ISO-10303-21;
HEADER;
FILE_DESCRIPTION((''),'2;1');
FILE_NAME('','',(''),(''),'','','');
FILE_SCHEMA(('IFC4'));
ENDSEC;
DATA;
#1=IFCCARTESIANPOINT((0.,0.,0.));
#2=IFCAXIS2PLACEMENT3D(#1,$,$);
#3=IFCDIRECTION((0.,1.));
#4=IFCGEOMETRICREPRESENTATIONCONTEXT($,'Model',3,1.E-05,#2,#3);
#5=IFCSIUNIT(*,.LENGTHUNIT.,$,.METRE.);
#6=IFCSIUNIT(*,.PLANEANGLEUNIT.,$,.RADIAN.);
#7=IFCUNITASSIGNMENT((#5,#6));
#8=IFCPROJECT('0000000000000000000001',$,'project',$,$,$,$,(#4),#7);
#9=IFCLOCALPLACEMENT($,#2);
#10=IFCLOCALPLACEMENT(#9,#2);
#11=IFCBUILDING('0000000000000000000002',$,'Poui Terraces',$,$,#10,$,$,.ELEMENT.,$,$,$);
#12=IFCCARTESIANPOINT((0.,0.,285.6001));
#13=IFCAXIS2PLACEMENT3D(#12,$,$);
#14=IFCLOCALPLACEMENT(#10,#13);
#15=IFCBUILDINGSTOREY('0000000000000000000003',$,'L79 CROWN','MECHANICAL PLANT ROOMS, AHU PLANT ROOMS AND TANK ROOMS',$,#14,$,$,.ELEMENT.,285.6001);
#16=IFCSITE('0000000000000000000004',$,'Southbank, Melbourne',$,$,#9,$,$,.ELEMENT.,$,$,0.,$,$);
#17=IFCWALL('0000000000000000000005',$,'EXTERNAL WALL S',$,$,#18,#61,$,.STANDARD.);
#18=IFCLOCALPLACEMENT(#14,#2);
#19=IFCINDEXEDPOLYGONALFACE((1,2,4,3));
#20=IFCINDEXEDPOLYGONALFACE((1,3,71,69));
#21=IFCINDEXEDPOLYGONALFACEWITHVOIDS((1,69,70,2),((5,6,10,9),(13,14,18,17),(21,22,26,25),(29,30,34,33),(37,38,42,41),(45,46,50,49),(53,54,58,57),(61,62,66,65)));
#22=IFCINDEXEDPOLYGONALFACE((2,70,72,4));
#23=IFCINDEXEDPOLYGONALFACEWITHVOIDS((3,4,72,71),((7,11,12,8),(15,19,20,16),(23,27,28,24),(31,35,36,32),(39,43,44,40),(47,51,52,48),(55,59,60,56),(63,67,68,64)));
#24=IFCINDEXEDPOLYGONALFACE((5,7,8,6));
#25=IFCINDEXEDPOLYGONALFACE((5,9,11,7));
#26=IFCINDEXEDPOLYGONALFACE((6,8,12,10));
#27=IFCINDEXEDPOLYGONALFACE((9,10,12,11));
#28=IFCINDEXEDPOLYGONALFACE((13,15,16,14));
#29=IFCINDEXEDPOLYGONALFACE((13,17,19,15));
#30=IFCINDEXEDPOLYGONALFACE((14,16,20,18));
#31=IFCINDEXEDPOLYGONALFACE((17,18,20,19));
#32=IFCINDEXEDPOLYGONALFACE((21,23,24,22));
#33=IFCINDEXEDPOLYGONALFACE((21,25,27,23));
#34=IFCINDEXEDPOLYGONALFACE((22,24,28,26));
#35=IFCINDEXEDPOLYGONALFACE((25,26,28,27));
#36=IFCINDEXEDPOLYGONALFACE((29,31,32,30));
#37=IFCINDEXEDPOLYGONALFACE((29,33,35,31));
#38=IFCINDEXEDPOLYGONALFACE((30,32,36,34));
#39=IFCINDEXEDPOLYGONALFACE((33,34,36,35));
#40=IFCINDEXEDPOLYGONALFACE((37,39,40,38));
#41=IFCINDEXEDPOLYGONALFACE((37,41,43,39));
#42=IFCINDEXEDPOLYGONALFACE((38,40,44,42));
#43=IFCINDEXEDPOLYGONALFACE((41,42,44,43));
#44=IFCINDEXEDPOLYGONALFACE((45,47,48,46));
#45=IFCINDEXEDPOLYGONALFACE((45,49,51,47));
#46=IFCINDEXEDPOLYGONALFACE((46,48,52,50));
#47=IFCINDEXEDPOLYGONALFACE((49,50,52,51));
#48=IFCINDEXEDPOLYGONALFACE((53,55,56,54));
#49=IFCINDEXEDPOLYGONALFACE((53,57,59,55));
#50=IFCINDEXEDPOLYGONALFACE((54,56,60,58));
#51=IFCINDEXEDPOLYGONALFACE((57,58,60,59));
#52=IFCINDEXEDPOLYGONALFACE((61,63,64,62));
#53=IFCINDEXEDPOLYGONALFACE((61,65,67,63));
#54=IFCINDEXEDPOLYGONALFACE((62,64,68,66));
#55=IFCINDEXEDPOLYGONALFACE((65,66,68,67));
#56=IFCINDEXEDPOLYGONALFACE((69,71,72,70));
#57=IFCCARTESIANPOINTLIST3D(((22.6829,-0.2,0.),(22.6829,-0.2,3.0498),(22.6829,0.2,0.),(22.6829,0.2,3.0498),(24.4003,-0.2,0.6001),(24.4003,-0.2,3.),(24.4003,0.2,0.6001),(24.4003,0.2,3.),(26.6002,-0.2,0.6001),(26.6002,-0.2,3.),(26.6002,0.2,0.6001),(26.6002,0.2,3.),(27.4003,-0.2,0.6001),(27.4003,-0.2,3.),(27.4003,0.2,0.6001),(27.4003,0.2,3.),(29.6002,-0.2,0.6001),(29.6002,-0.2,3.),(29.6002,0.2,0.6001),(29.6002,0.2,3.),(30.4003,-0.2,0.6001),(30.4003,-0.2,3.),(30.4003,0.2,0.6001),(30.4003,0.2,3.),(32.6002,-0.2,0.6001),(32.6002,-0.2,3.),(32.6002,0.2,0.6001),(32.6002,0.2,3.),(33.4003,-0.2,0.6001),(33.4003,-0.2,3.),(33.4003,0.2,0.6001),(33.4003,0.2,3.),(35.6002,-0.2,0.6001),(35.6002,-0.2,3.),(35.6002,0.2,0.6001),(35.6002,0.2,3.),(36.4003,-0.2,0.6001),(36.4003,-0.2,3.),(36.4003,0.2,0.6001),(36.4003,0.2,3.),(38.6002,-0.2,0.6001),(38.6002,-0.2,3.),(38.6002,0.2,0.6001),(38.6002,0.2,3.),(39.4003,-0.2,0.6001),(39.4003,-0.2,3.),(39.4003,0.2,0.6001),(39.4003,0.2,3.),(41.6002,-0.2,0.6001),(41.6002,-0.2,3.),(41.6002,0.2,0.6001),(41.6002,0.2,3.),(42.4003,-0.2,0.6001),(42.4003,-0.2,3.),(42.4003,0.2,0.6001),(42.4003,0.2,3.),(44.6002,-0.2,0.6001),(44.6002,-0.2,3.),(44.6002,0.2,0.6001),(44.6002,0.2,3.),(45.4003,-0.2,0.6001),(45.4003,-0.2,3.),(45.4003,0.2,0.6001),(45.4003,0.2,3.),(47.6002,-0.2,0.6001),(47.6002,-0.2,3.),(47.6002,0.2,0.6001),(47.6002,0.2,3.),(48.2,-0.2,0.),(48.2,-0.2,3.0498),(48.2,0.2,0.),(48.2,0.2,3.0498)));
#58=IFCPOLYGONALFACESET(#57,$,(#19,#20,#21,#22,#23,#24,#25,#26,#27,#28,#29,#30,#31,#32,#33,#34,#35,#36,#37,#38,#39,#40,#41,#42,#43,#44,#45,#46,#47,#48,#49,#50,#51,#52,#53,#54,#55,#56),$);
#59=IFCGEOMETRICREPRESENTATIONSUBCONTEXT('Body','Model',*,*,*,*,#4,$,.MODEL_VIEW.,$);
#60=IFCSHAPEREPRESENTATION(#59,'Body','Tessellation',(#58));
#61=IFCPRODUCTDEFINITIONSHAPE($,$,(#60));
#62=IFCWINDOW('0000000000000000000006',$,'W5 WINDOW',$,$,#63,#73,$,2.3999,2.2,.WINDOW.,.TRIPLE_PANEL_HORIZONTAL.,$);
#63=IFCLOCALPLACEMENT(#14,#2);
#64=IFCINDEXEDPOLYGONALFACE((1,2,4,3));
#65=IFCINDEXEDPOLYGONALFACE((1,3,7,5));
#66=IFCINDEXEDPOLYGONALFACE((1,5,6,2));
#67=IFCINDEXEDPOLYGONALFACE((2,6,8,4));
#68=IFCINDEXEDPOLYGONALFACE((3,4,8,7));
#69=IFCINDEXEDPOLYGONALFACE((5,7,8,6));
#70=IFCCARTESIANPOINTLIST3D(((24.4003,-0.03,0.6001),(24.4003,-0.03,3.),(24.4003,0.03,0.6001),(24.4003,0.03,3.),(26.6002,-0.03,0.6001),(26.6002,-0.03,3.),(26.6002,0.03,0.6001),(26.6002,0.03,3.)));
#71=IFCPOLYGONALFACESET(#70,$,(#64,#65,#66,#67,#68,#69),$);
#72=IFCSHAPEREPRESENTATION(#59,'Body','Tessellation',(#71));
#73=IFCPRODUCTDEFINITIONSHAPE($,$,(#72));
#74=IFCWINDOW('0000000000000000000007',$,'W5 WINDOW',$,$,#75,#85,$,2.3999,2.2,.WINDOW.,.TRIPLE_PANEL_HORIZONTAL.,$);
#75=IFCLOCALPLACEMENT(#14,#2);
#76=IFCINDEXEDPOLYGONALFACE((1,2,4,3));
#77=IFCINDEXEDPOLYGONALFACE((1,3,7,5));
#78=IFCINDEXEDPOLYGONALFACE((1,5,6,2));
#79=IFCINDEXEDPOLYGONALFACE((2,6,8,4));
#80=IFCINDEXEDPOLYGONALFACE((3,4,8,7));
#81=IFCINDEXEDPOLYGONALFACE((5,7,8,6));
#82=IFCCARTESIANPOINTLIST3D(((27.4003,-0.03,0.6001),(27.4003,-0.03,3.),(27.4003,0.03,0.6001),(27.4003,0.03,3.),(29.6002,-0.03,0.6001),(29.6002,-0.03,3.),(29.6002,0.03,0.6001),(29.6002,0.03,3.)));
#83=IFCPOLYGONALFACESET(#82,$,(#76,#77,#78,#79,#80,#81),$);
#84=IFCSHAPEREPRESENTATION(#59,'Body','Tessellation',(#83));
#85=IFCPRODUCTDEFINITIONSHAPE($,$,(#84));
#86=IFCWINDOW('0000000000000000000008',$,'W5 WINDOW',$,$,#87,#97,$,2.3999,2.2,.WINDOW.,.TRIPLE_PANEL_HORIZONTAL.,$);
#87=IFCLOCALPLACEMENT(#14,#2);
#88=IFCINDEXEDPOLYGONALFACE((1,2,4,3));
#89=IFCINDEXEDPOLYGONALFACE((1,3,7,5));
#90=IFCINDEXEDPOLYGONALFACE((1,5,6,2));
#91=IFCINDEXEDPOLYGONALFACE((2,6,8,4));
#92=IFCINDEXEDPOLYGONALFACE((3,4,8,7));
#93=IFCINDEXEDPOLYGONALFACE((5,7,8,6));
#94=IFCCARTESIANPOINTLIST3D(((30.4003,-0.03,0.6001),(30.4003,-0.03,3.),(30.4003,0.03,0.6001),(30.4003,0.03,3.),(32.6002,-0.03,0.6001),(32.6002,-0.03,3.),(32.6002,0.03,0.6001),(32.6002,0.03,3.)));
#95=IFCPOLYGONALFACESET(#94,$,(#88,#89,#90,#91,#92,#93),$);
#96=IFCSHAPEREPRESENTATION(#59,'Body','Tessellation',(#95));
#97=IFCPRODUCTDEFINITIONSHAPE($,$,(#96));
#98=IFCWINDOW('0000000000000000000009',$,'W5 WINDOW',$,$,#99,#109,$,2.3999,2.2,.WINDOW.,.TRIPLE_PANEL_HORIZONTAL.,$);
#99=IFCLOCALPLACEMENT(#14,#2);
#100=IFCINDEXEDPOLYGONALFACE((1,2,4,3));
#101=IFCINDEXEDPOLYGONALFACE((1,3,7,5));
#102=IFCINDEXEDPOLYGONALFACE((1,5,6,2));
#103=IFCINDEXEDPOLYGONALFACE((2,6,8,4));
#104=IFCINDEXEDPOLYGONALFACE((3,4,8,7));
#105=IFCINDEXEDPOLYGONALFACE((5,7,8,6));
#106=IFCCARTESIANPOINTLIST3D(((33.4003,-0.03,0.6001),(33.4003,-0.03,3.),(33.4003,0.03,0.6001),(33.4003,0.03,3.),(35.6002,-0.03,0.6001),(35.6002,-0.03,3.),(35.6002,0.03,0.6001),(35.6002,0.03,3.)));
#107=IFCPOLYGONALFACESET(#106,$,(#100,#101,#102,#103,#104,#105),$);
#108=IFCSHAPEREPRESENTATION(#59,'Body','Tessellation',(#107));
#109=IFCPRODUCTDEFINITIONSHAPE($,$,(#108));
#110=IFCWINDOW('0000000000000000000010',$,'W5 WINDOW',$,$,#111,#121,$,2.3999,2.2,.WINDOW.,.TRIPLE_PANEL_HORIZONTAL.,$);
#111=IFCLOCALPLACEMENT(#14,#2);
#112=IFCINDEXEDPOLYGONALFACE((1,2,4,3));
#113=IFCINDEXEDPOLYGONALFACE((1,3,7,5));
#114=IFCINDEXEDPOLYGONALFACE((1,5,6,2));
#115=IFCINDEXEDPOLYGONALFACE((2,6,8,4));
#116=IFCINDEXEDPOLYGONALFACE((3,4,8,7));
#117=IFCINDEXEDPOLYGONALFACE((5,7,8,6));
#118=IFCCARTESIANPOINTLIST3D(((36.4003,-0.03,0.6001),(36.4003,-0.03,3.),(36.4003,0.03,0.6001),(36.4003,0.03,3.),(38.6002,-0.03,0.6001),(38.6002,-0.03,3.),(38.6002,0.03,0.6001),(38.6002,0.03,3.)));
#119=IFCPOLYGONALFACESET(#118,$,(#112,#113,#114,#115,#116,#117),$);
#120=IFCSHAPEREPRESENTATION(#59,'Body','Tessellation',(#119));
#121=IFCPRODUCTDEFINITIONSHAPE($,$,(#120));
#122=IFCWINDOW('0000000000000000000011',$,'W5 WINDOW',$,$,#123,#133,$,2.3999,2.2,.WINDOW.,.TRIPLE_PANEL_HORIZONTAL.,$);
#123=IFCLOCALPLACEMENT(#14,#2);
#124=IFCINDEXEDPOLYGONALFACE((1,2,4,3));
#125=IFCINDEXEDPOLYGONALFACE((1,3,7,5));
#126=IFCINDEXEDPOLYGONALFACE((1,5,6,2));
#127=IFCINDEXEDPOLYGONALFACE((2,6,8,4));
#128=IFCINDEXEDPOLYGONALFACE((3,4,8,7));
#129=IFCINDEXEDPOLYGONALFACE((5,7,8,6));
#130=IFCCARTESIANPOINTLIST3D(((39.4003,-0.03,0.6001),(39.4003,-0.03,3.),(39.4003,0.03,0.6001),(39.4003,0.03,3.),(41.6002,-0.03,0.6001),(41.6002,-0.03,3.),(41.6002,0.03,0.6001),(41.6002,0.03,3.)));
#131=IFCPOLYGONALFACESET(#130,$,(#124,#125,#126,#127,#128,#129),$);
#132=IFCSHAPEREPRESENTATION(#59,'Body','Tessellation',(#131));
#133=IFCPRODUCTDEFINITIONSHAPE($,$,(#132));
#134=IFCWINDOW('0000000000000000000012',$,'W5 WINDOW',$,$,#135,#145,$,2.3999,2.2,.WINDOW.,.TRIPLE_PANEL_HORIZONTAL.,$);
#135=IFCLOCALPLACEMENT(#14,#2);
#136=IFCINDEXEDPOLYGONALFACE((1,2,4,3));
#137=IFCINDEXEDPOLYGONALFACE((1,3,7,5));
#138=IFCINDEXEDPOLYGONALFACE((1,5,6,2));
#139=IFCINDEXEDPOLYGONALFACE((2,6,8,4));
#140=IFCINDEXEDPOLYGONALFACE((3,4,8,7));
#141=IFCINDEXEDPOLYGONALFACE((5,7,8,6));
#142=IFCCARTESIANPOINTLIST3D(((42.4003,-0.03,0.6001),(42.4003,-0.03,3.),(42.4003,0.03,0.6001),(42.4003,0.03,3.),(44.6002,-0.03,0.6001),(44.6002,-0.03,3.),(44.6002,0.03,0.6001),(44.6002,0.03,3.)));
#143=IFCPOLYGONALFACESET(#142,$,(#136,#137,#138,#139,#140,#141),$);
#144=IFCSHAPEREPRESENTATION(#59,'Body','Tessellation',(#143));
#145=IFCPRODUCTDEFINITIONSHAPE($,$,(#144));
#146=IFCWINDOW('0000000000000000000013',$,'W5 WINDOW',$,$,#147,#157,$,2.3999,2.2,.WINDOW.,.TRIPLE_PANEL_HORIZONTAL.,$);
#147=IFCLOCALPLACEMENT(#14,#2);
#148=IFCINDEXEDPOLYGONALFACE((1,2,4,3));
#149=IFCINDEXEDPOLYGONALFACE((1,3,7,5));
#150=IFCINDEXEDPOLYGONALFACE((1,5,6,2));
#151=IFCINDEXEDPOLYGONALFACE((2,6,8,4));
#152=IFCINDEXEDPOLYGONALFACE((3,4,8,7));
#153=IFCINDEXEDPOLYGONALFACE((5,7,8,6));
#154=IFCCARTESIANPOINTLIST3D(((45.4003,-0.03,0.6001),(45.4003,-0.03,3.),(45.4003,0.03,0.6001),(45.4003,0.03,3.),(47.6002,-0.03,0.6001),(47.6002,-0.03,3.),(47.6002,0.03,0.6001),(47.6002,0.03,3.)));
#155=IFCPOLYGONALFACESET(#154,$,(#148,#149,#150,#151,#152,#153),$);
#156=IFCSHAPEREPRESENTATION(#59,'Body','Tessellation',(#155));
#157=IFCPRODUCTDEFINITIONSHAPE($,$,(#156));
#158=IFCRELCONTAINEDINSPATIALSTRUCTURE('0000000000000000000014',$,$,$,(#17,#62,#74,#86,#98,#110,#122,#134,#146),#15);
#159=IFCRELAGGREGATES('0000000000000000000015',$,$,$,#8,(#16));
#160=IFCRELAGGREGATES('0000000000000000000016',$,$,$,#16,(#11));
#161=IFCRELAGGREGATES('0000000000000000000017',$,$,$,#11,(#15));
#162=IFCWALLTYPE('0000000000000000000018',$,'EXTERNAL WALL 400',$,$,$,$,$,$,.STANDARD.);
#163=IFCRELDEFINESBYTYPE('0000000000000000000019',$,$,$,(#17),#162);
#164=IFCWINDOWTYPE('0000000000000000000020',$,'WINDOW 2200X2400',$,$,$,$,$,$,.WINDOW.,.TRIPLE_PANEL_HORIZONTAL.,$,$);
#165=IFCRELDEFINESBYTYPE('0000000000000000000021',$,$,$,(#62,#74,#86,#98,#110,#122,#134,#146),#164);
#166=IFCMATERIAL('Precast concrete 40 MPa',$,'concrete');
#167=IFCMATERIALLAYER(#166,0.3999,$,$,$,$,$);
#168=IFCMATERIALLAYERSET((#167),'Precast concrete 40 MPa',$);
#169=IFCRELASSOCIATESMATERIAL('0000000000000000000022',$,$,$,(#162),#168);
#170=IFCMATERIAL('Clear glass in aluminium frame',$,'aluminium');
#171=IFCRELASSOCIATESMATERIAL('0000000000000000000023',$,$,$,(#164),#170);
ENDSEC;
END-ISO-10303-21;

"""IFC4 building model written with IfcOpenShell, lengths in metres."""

from ifc_helpers import new_model, si_unit, direction, frame, frame_2d, origin, place, context, subcontext, project, spatial, rectangle, extrude, material, layer, layer_set, type_object, element, fill, save


model = new_model("IFC4")

# Units and contexts
model_context = context("Model", 3, precision=1e-05, world=origin(), true_north=direction((0.0, 1.0)))
body_context = subcontext(model_context, "Body", "Model", "MODEL_VIEW")
ifc_project = project(units=[si_unit("LENGTHUNIT", "METRE"), si_unit("PLANEANGLEUNIT", "RADIAN")], contexts=[model_context])

# Site, building, storey
site_placement = place(None, origin())
site = spatial("IfcSite", under=ifc_project, at=site_placement, Name="Southbank, Melbourne", CompositionType="ELEMENT", RefElevation=0.0)
building_placement = place(site_placement, origin())
building = spatial("IfcBuilding", under=site, at=building_placement, Name="Poui Terraces", CompositionType="ELEMENT")
storey_placement = place(building_placement, frame((0.0, 0.0, 285.6001)))
storey = spatial("IfcBuildingStorey", under=building, at=storey_placement, Name="L79 CROWN", Description="MECHANICAL PLANT ROOMS, AHU PLANT ROOMS AND TANK ROOMS", CompositionType="ELEMENT", Elevation=285.6001)

# Wall, openings, windows
ifc_material_1 = material(Name="Precast concrete 40 MPa", Category="concrete")
ifc_layer_1 = layer(ifc_material_1, 0.3999)
ifc_layer_set_1 = layer_set([ifc_layer_1], Name="Precast concrete 40 MPa")
wall_type_1 = type_object("IfcWallType", Name="EXTERNAL WALL 400", PredefinedType="STANDARD", material=ifc_layer_set_1)
wall_1_placement = place(storey_placement, frame((22.6829, 0.0, 0.0), z_axis=(0.0, 0.0, 1.0), x_axis=(1.0, 0.0, 0.0)))
wall_1 = element("IfcWall", 1, at=wall_1_placement, inside=storey, type_object=wall_type_1, Name="EXTERNAL WALL S", PredefinedType="STANDARD", context=body_context, shape_type="SweptSolid", body=[
    extrude(rectangle(XDim=25.5171, YDim=0.3999, at=frame_2d((12.7585, 0.0))), origin(), (0.0, 0.0, 1.0), 3.0498),
])
opening_1_placement = place(wall_1_placement, frame((1.7173, 0.0, 0.6001)))
opening_1 = element("IfcOpeningElement", 2, at=opening_1_placement, cuts=wall_1, PredefinedType="OPENING", context=body_context, shape_type="SweptSolid", body=[
    extrude(rectangle(XDim=2.2, YDim=2.3999, at=frame_2d((1.1001, 1.2))), frame((0.0, 0.21, 0.0), z_axis=(0.0, -1.0, 0.0), x_axis=(1.0, 0.0, 0.0)), (0.0, 0.0, 1.0), 0.4199),
])
opening_2_placement = place(wall_1_placement, frame((4.7173, 0.0, 0.6001)))
opening_2 = element("IfcOpeningElement", 3, at=opening_2_placement, cuts=wall_1, PredefinedType="OPENING", context=body_context, shape_type="SweptSolid", body=[
    extrude(rectangle(XDim=2.2, YDim=2.3999, at=frame_2d((1.1001, 1.2))), frame((0.0, 0.21, 0.0), z_axis=(0.0, -1.0, 0.0), x_axis=(1.0, 0.0, 0.0)), (0.0, 0.0, 1.0), 0.4199),
])
opening_3_placement = place(wall_1_placement, frame((7.7173, 0.0, 0.6001)))
opening_3 = element("IfcOpeningElement", 4, at=opening_3_placement, cuts=wall_1, PredefinedType="OPENING", context=body_context, shape_type="SweptSolid", body=[
    extrude(rectangle(XDim=2.2, YDim=2.3999, at=frame_2d((1.1001, 1.2))), frame((0.0, 0.21, 0.0), z_axis=(0.0, -1.0, 0.0), x_axis=(1.0, 0.0, 0.0)), (0.0, 0.0, 1.0), 0.4199),
])
opening_4_placement = place(wall_1_placement, frame((10.7173, 0.0, 0.6001)))
opening_4 = element("IfcOpeningElement", 5, at=opening_4_placement, cuts=wall_1, PredefinedType="OPENING", context=body_context, shape_type="SweptSolid", body=[
    extrude(rectangle(XDim=2.2, YDim=2.3999, at=frame_2d((1.1001, 1.2))), frame((0.0, 0.21, 0.0), z_axis=(0.0, -1.0, 0.0), x_axis=(1.0, 0.0, 0.0)), (0.0, 0.0, 1.0), 0.4199),
])
opening_5_placement = place(wall_1_placement, frame((13.7173, 0.0, 0.6001)))
opening_5 = element("IfcOpeningElement", 6, at=opening_5_placement, cuts=wall_1, PredefinedType="OPENING", context=body_context, shape_type="SweptSolid", body=[
    extrude(rectangle(XDim=2.2, YDim=2.3999, at=frame_2d((1.1001, 1.2))), frame((0.0, 0.21, 0.0), z_axis=(0.0, -1.0, 0.0), x_axis=(1.0, 0.0, 0.0)), (0.0, 0.0, 1.0), 0.4199),
])
opening_6_placement = place(wall_1_placement, frame((16.7173, 0.0, 0.6001)))
opening_6 = element("IfcOpeningElement", 7, at=opening_6_placement, cuts=wall_1, PredefinedType="OPENING", context=body_context, shape_type="SweptSolid", body=[
    extrude(rectangle(XDim=2.2, YDim=2.3999, at=frame_2d((1.1001, 1.2))), frame((0.0, 0.21, 0.0), z_axis=(0.0, -1.0, 0.0), x_axis=(1.0, 0.0, 0.0)), (0.0, 0.0, 1.0), 0.4199),
])
opening_7_placement = place(wall_1_placement, frame((19.7173, 0.0, 0.6001)))
opening_7 = element("IfcOpeningElement", 8, at=opening_7_placement, cuts=wall_1, PredefinedType="OPENING", context=body_context, shape_type="SweptSolid", body=[
    extrude(rectangle(XDim=2.2, YDim=2.3999, at=frame_2d((1.1001, 1.2))), frame((0.0, 0.21, 0.0), z_axis=(0.0, -1.0, 0.0), x_axis=(1.0, 0.0, 0.0)), (0.0, 0.0, 1.0), 0.4199),
])
opening_8_placement = place(wall_1_placement, frame((22.7173, 0.0, 0.6001)))
opening_8 = element("IfcOpeningElement", 9, at=opening_8_placement, cuts=wall_1, PredefinedType="OPENING", context=body_context, shape_type="SweptSolid", body=[
    extrude(rectangle(XDim=2.2, YDim=2.3999, at=frame_2d((1.1001, 1.2))), frame((0.0, 0.21, 0.0), z_axis=(0.0, -1.0, 0.0), x_axis=(1.0, 0.0, 0.0)), (0.0, 0.0, 1.0), 0.4199),
])
ifc_material_2 = material(Name="Clear glass in aluminium frame", Category="aluminium")
window_type = type_object("IfcWindowType", Name="WINDOW 2200X2400", PartitioningType="TRIPLE_PANEL_HORIZONTAL", PredefinedType="WINDOW", material=ifc_material_2)
window_1_placement = place(opening_1_placement, origin())
window_1 = element("IfcWindow", 10, at=window_1_placement, inside=storey, type_object=window_type, Name="W5 WINDOW", OverallHeight=2.3999, OverallWidth=2.2, PartitioningType="TRIPLE_PANEL_HORIZONTAL", PredefinedType="WINDOW", context=body_context, shape_type="SweptSolid", body=[
    extrude(rectangle(XDim=2.2, YDim=2.3999, at=frame_2d((1.1001, 1.2))), frame((0.0, 0.03, 0.0), z_axis=(0.0, -1.0, 0.0), x_axis=(1.0, 0.0, 0.0)), (0.0, 0.0, 1.0), 0.0601),
])
fill(opening_1, window_1)
window_2_placement = place(opening_2_placement, origin())
window_2 = element("IfcWindow", 11, at=window_2_placement, inside=storey, type_object=window_type, Name="W5 WINDOW", OverallHeight=2.3999, OverallWidth=2.2, PartitioningType="TRIPLE_PANEL_HORIZONTAL", PredefinedType="WINDOW", context=body_context, shape_type="SweptSolid", body=[
    extrude(rectangle(XDim=2.2, YDim=2.3999, at=frame_2d((1.1001, 1.2))), frame((0.0, 0.03, 0.0), z_axis=(0.0, -1.0, 0.0), x_axis=(1.0, 0.0, 0.0)), (0.0, 0.0, 1.0), 0.0601),
])
fill(opening_2, window_2)
window_3_placement = place(opening_3_placement, origin())
window_3 = element("IfcWindow", 12, at=window_3_placement, inside=storey, type_object=window_type, Name="W5 WINDOW", OverallHeight=2.3999, OverallWidth=2.2, PartitioningType="TRIPLE_PANEL_HORIZONTAL", PredefinedType="WINDOW", context=body_context, shape_type="SweptSolid", body=[
    extrude(rectangle(XDim=2.2, YDim=2.3999, at=frame_2d((1.1001, 1.2))), frame((0.0, 0.03, 0.0), z_axis=(0.0, -1.0, 0.0), x_axis=(1.0, 0.0, 0.0)), (0.0, 0.0, 1.0), 0.0601),
])
fill(opening_3, window_3)
window_4_placement = place(opening_4_placement, origin())
window_4 = element("IfcWindow", 13, at=window_4_placement, inside=storey, type_object=window_type, Name="W5 WINDOW", OverallHeight=2.3999, OverallWidth=2.2, PartitioningType="TRIPLE_PANEL_HORIZONTAL", PredefinedType="WINDOW", context=body_context, shape_type="SweptSolid", body=[
    extrude(rectangle(XDim=2.2, YDim=2.3999, at=frame_2d((1.1001, 1.2))), frame((0.0, 0.03, 0.0), z_axis=(0.0, -1.0, 0.0), x_axis=(1.0, 0.0, 0.0)), (0.0, 0.0, 1.0), 0.0601),
])
fill(opening_4, window_4)
window_5_placement = place(opening_5_placement, origin())
window_5 = element("IfcWindow", 14, at=window_5_placement, inside=storey, type_object=window_type, Name="W5 WINDOW", OverallHeight=2.3999, OverallWidth=2.2, PartitioningType="TRIPLE_PANEL_HORIZONTAL", PredefinedType="WINDOW", context=body_context, shape_type="SweptSolid", body=[
    extrude(rectangle(XDim=2.2, YDim=2.3999, at=frame_2d((1.1001, 1.2))), frame((0.0, 0.03, 0.0), z_axis=(0.0, -1.0, 0.0), x_axis=(1.0, 0.0, 0.0)), (0.0, 0.0, 1.0), 0.0601),
])
fill(opening_5, window_5)
window_6_placement = place(opening_6_placement, origin())
window_6 = element("IfcWindow", 15, at=window_6_placement, inside=storey, type_object=window_type, Name="W5 WINDOW", OverallHeight=2.3999, OverallWidth=2.2, PartitioningType="TRIPLE_PANEL_HORIZONTAL", PredefinedType="WINDOW", context=body_context, shape_type="SweptSolid", body=[
    extrude(rectangle(XDim=2.2, YDim=2.3999, at=frame_2d((1.1001, 1.2))), frame((0.0, 0.03, 0.0), z_axis=(0.0, -1.0, 0.0), x_axis=(1.0, 0.0, 0.0)), (0.0, 0.0, 1.0), 0.0601),
])
fill(opening_6, window_6)
window_7_placement = place(opening_7_placement, origin())
window_7 = element("IfcWindow", 16, at=window_7_placement, inside=storey, type_object=window_type, Name="W5 WINDOW", OverallHeight=2.3999, OverallWidth=2.2, PartitioningType="TRIPLE_PANEL_HORIZONTAL", PredefinedType="WINDOW", context=body_context, shape_type="SweptSolid", body=[
    extrude(rectangle(XDim=2.2, YDim=2.3999, at=frame_2d((1.1001, 1.2))), frame((0.0, 0.03, 0.0), z_axis=(0.0, -1.0, 0.0), x_axis=(1.0, 0.0, 0.0)), (0.0, 0.0, 1.0), 0.0601),
])
fill(opening_7, window_7)
window_8_placement = place(opening_8_placement, origin())
window_8 = element("IfcWindow", 17, at=window_8_placement, inside=storey, type_object=window_type, Name="W5 WINDOW", OverallHeight=2.3999, OverallWidth=2.2, PartitioningType="TRIPLE_PANEL_HORIZONTAL", PredefinedType="WINDOW", context=body_context, shape_type="SweptSolid", body=[
    extrude(rectangle(XDim=2.2, YDim=2.3999, at=frame_2d((1.1001, 1.2))), frame((0.0, 0.03, 0.0), z_axis=(0.0, -1.0, 0.0), x_axis=(1.0, 0.0, 0.0)), (0.0, 0.0, 1.0), 0.0601),
])
fill(opening_8, window_8)

save(model, "model.ifc")
